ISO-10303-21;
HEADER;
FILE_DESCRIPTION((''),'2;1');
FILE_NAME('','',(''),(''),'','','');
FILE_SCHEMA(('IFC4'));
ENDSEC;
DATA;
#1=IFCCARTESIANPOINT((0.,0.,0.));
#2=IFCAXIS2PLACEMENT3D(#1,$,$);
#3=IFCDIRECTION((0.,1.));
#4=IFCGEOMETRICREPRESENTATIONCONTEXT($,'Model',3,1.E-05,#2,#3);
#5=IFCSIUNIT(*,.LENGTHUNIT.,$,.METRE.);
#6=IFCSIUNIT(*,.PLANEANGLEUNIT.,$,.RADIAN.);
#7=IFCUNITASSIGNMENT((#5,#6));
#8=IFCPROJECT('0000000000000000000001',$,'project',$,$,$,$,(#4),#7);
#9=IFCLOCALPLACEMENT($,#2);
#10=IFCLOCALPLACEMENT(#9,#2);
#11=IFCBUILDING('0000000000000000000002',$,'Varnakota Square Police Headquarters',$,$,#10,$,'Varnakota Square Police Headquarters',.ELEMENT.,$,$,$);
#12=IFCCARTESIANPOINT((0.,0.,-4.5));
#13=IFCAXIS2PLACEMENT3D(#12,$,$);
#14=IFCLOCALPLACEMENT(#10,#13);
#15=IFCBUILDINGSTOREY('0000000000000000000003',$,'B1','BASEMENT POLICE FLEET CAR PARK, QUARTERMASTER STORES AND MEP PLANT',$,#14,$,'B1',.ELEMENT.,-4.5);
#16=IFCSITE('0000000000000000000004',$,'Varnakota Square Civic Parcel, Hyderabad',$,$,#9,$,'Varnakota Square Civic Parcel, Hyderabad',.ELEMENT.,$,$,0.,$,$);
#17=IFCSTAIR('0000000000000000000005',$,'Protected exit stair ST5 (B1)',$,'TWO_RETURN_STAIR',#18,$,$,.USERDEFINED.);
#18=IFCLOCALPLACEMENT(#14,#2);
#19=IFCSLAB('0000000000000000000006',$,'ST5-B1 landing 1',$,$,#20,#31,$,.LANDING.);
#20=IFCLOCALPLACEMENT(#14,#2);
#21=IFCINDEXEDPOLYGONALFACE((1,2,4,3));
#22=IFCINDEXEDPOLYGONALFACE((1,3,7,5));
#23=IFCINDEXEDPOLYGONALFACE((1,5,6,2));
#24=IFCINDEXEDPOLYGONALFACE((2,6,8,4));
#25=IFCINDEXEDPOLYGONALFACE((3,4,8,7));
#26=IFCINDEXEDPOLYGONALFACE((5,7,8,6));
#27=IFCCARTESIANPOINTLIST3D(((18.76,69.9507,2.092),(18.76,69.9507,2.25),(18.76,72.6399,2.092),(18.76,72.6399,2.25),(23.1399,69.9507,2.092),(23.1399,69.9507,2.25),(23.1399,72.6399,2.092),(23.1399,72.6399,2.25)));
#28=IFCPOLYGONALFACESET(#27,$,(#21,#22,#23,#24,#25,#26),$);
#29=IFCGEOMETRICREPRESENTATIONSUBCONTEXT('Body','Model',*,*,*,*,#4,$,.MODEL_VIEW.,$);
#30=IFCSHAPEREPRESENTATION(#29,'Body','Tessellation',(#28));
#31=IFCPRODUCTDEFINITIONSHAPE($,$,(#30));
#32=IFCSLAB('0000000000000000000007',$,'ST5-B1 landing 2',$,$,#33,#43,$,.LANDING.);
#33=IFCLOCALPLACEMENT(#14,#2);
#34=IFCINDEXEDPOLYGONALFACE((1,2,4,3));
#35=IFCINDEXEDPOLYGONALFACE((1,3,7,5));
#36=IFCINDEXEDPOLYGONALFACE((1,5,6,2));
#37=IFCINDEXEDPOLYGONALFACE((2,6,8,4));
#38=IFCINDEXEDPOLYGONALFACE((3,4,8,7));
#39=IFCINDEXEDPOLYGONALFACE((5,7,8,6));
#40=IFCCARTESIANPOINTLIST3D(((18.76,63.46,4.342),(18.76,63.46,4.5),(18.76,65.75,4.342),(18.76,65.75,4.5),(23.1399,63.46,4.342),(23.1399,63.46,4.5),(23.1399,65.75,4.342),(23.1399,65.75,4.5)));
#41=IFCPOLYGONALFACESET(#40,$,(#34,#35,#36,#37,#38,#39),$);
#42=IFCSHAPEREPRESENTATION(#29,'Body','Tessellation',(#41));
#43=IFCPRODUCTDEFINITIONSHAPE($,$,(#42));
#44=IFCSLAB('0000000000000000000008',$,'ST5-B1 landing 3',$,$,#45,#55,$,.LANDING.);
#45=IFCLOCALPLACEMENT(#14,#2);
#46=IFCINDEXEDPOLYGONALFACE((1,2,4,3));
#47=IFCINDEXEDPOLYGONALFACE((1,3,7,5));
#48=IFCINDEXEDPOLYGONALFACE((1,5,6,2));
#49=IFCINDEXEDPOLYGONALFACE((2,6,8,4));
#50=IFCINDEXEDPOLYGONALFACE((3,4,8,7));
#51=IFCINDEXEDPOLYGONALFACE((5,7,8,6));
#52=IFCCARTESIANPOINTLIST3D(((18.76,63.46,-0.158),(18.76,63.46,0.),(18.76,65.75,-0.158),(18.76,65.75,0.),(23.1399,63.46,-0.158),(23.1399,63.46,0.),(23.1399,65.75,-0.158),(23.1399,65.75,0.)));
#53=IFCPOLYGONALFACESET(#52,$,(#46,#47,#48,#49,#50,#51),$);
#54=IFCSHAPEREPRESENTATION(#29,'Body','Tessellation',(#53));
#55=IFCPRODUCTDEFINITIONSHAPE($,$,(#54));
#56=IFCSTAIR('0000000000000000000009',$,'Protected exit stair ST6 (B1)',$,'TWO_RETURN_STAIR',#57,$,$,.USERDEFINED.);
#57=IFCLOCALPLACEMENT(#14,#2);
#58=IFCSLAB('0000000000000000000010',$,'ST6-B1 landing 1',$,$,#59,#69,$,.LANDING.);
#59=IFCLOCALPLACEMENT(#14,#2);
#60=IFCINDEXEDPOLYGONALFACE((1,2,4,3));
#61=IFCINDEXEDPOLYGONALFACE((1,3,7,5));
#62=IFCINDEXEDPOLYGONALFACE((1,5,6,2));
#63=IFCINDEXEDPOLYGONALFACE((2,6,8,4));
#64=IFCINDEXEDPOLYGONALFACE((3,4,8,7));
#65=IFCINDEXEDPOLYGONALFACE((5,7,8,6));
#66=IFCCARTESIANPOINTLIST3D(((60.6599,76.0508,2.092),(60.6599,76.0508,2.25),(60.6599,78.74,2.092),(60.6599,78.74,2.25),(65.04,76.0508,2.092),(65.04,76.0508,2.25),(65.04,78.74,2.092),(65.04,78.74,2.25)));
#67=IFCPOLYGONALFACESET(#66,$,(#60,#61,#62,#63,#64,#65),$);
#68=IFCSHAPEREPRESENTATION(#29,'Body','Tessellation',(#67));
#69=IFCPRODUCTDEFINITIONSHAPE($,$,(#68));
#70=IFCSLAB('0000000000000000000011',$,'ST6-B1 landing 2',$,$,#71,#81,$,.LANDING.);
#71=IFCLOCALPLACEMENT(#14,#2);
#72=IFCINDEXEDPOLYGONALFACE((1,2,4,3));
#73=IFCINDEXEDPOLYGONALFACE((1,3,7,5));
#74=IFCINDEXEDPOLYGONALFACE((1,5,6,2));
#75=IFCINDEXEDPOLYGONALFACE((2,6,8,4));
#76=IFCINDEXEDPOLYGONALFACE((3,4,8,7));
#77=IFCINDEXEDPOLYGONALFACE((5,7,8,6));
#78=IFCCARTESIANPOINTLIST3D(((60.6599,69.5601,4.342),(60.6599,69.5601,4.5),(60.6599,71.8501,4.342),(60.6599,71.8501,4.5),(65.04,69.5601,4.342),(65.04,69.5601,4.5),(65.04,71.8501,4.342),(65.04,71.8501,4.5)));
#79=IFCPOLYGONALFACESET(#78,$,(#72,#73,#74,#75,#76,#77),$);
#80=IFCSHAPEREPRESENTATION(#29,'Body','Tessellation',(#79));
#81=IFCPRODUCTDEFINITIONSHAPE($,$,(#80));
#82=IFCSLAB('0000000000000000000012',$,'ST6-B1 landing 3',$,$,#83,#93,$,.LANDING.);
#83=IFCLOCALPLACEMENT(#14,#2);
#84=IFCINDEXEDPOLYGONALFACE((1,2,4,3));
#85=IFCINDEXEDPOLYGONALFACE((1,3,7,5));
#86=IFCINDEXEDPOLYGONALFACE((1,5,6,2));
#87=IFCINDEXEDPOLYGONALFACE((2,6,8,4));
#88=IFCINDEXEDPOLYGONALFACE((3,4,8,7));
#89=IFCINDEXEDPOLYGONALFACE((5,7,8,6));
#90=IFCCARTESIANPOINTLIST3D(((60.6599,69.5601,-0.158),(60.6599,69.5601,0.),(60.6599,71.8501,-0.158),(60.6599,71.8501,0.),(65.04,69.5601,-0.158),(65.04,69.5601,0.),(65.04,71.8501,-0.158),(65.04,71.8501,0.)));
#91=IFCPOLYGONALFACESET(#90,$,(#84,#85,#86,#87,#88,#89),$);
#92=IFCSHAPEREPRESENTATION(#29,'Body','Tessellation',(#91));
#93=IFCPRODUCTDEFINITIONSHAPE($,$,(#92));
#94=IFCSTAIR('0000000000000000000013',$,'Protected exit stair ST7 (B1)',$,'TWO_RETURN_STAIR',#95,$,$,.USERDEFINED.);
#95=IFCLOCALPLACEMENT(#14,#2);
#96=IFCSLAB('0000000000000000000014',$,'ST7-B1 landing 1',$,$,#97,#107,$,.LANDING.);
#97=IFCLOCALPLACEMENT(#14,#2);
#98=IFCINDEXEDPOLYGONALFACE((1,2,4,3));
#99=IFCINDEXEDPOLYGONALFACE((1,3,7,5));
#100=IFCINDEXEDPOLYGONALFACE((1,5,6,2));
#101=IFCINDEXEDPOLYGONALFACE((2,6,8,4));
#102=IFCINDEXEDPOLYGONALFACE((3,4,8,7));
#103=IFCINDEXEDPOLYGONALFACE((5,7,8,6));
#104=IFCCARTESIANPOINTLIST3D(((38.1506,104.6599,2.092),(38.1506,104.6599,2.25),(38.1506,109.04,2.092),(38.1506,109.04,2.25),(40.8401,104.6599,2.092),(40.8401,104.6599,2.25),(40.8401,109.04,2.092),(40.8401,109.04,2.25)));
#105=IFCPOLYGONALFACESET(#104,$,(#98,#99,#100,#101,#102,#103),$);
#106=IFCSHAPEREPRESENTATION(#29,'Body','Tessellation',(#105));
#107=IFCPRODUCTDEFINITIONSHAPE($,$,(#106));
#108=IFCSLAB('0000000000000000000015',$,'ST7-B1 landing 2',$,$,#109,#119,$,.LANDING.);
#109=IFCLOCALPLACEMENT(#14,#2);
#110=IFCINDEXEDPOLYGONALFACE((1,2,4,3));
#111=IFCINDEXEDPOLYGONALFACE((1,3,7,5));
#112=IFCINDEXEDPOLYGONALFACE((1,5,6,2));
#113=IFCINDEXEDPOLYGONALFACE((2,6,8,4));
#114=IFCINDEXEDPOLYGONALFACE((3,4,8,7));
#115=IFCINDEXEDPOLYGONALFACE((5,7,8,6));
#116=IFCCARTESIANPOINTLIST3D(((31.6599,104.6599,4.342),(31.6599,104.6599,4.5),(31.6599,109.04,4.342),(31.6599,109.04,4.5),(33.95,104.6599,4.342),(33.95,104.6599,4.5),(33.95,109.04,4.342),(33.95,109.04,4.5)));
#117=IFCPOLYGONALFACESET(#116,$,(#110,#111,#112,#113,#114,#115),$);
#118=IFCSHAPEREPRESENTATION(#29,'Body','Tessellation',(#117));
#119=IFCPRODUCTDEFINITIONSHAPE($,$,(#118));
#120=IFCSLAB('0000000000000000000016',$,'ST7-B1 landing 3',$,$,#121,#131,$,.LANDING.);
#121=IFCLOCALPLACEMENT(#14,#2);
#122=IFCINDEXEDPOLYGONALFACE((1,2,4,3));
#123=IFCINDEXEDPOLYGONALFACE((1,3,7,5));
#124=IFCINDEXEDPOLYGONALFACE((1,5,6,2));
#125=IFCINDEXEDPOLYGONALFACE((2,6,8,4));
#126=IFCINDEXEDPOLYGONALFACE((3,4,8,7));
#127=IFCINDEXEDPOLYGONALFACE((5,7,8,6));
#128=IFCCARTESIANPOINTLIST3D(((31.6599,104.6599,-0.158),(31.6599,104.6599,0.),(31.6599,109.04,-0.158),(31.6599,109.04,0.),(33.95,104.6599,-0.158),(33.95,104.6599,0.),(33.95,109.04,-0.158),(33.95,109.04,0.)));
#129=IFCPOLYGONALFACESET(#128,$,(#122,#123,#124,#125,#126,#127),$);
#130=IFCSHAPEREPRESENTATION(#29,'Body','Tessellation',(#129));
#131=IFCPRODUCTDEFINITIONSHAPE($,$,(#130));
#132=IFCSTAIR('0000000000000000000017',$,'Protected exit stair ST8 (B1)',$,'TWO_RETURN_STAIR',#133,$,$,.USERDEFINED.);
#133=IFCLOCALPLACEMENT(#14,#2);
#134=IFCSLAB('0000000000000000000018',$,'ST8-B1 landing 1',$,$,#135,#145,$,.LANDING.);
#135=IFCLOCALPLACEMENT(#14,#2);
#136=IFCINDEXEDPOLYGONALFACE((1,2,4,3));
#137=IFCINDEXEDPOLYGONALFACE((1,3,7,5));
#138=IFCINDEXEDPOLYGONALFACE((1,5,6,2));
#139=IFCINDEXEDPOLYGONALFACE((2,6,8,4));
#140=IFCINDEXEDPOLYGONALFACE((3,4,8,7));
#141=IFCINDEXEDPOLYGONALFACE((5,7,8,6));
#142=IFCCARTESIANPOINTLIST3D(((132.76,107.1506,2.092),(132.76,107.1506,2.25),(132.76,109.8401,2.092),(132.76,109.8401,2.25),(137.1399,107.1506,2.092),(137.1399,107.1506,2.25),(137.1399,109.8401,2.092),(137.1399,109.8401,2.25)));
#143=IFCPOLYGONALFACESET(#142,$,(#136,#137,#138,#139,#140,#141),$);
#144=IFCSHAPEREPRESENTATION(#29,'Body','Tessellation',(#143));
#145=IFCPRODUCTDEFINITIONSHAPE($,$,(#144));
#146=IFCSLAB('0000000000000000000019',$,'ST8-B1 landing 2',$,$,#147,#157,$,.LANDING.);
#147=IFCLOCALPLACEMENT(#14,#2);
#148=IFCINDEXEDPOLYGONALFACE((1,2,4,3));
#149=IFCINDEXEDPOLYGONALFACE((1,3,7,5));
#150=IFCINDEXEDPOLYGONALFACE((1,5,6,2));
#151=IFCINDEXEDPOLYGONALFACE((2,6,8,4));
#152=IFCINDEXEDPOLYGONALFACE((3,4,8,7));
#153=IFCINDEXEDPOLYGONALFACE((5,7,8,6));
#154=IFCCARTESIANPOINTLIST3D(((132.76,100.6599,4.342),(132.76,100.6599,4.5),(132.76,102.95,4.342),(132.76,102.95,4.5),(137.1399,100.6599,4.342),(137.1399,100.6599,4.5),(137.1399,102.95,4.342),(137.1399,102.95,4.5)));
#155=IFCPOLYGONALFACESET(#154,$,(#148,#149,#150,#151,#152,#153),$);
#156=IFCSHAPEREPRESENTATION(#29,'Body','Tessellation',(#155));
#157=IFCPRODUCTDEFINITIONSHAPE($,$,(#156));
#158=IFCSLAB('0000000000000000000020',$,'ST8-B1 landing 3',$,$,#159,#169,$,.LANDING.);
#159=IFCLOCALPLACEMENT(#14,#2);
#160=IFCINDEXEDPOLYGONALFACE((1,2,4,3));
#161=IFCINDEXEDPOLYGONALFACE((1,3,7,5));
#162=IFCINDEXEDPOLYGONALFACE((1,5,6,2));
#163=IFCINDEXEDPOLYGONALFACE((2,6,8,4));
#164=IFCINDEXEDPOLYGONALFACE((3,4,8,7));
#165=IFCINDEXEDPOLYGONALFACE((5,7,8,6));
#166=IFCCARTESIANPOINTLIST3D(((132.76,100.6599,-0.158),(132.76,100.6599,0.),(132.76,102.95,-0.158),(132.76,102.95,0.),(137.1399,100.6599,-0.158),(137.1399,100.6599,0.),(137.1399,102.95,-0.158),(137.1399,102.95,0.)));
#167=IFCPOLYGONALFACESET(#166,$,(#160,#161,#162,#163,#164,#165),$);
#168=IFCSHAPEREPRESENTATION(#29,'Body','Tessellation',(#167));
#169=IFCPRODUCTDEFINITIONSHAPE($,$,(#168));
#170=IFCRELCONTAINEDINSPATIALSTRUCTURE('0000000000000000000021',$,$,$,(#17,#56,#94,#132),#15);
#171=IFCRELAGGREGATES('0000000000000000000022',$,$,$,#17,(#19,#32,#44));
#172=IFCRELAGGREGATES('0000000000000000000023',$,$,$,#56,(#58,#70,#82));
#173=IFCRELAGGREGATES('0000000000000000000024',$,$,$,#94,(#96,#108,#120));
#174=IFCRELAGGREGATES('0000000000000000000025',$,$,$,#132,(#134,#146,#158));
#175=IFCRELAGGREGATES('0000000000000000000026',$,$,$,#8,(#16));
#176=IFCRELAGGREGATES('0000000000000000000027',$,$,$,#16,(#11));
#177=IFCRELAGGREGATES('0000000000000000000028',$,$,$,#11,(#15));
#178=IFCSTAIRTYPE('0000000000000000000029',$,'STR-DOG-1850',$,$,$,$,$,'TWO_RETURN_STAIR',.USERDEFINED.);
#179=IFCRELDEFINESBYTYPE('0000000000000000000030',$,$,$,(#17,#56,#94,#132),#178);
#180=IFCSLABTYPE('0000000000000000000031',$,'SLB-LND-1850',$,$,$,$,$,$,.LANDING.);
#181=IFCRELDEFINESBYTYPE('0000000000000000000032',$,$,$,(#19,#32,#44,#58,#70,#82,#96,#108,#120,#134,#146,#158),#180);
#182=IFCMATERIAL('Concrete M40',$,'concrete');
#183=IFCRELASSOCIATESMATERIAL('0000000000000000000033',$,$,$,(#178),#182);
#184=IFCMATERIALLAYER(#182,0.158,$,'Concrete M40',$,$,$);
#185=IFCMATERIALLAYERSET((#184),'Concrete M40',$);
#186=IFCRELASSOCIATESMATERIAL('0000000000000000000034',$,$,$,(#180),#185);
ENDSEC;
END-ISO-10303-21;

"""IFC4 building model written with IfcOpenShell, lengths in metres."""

from ifc_helpers import new_model, si_unit, direction, frame, origin, place, context, subcontext, project, spatial, polyline, outline, extrude, material, layer, layer_set, type_object, element, aggregate, save


model = new_model("IFC4")

# Units and contexts
model_context = context("Model", 3, precision=1e-05, world=origin(), true_north=direction((0.0, 1.0)))
body_context = subcontext(model_context, "Body", "Model", "MODEL_VIEW")
ifc_project = project(units=[si_unit("LENGTHUNIT", "METRE"), si_unit("PLANEANGLEUNIT", "RADIAN")], contexts=[model_context])

# Site, building, storey
site_placement = place(None, origin())
site = spatial("IfcSite", under=ifc_project, at=site_placement, Name="Varnakota Square Civic Parcel, Hyderabad", LongName="Varnakota Square Civic Parcel, Hyderabad", CompositionType="ELEMENT", RefElevation=0.0)
building_placement = place(site_placement, origin())
building = spatial("IfcBuilding", under=site, at=building_placement, Name="Varnakota Square Police Headquarters", LongName="Varnakota Square Police Headquarters", CompositionType="ELEMENT")
storey_placement = place(building_placement, frame((0.0, 0.0, -4.5)))
storey = spatial("IfcBuildingStorey", under=building, at=storey_placement, Name="B1", Description="BASEMENT POLICE FLEET CAR PARK, QUARTERMASTER STORES AND MEP PLANT", LongName="B1", CompositionType="ELEMENT", Elevation=-4.5)

# Shared definitions
ifc_material_1 = material(Name="Concrete M40", Category="concrete")

# Stairs, slabs
stair_type = type_object("IfcStairType", Name="STR-DOG-1850", ElementType="TWO_RETURN_STAIR", PredefinedType="USERDEFINED", material=ifc_material_1)
stair_1_placement = place(storey_placement, origin())
stair_1 = element("IfcStair", 1, at=stair_1_placement, inside=storey, type_object=stair_type, Name="Protected exit stair ST5 (B1)", ObjectType="TWO_RETURN_STAIR", PredefinedType="USERDEFINED")
ifc_layer_1 = layer(ifc_material_1, 0.158, Name="Concrete M40")
ifc_layer_set_1 = layer_set([ifc_layer_1], Name="Concrete M40")
slab_type_1 = type_object("IfcSlabType", Name="SLB-LND-1850", PredefinedType="LANDING", material=ifc_layer_set_1)
slab_1_placement = place(storey_placement, frame((0.0, 0.0, 2.092)))
slab_1 = element("IfcSlab", 2, at=slab_1_placement, type_object=slab_type_1, Name="ST5-B1 landing 1", PredefinedType="LANDING", context=body_context, shape_type="SweptSolid", body=[
    extrude(outline(polyline([(18.76, 69.9507), (23.1399, 69.9507), (23.1399, 72.6399), (18.76, 72.6399), (18.76, 69.9507)])), origin(), (0.0, 0.0, 1.0), 0.158),
])
slab_2_placement = place(storey_placement, frame((0.0, 0.0, 4.342)))
slab_2 = element("IfcSlab", 3, at=slab_2_placement, type_object=slab_type_1, Name="ST5-B1 landing 2", PredefinedType="LANDING", context=body_context, shape_type="SweptSolid", body=[
    extrude(outline(polyline([(18.76, 63.46), (23.1399, 63.46), (23.1399, 65.75), (18.76, 65.75), (18.76, 63.46)])), origin(), (0.0, 0.0, 1.0), 0.158),
])
slab_3_placement = place(storey_placement, frame((0.0, 0.0, -0.158)))
slab_3 = element("IfcSlab", 4, at=slab_3_placement, type_object=slab_type_1, Name="ST5-B1 landing 3", PredefinedType="LANDING", context=body_context, shape_type="SweptSolid", body=[
    extrude(outline(polyline([(18.76, 63.46), (23.1399, 63.46), (23.1399, 65.75), (18.76, 65.75), (18.76, 63.46)])), origin(), (0.0, 0.0, 1.0), 0.158),
])
aggregate(stair_1, [slab_1, slab_2, slab_3])
stair_2_placement = place(storey_placement, origin())
stair_2 = element("IfcStair", 5, at=stair_2_placement, inside=storey, type_object=stair_type, Name="Protected exit stair ST6 (B1)", ObjectType="TWO_RETURN_STAIR", PredefinedType="USERDEFINED")
slab_4_placement = place(storey_placement, frame((0.0, 0.0, 2.092)))
slab_4 = element("IfcSlab", 6, at=slab_4_placement, type_object=slab_type_1, Name="ST6-B1 landing 1", PredefinedType="LANDING", context=body_context, shape_type="SweptSolid", body=[
    extrude(outline(polyline([(60.6599, 76.0508), (65.04, 76.0508), (65.04, 78.74), (60.6599, 78.74), (60.6599, 76.0508)])), origin(), (0.0, 0.0, 1.0), 0.158),
])
slab_5_placement = place(storey_placement, frame((0.0, 0.0, 4.342)))
slab_5 = element("IfcSlab", 7, at=slab_5_placement, type_object=slab_type_1, Name="ST6-B1 landing 2", PredefinedType="LANDING", context=body_context, shape_type="SweptSolid", body=[
    extrude(outline(polyline([(60.6599, 69.5601), (65.04, 69.5601), (65.04, 71.8501), (60.6599, 71.8501), (60.6599, 69.5601)])), origin(), (0.0, 0.0, 1.0), 0.158),
])
slab_6_placement = place(storey_placement, frame((0.0, 0.0, -0.158)))
slab_6 = element("IfcSlab", 8, at=slab_6_placement, type_object=slab_type_1, Name="ST6-B1 landing 3", PredefinedType="LANDING", context=body_context, shape_type="SweptSolid", body=[
    extrude(outline(polyline([(60.6599, 69.5601), (65.04, 69.5601), (65.04, 71.8501), (60.6599, 71.8501), (60.6599, 69.5601)])), origin(), (0.0, 0.0, 1.0), 0.158),
])
aggregate(stair_2, [slab_4, slab_5, slab_6])
stair_3_placement = place(storey_placement, origin())
stair_3 = element("IfcStair", 9, at=stair_3_placement, inside=storey, type_object=stair_type, Name="Protected exit stair ST7 (B1)", ObjectType="TWO_RETURN_STAIR", PredefinedType="USERDEFINED")
slab_7_placement = place(storey_placement, frame((0.0, 0.0, 2.092)))
slab_7 = element("IfcSlab", 10, at=slab_7_placement, type_object=slab_type_1, Name="ST7-B1 landing 1", PredefinedType="LANDING", context=body_context, shape_type="SweptSolid", body=[
    extrude(outline(polyline([(38.1506, 104.6599), (40.8401, 104.6599), (40.8401, 109.04), (38.1506, 109.04), (38.1506, 104.6599)])), origin(), (0.0, 0.0, 1.0), 0.158),
])
slab_8_placement = place(storey_placement, frame((0.0, 0.0, 4.342)))
slab_8 = element("IfcSlab", 11, at=slab_8_placement, type_object=slab_type_1, Name="ST7-B1 landing 2", PredefinedType="LANDING", context=body_context, shape_type="SweptSolid", body=[
    extrude(outline(polyline([(31.6599, 104.6599), (33.95, 104.6599), (33.95, 109.04), (31.6599, 109.04), (31.6599, 104.6599)])), origin(), (0.0, 0.0, 1.0), 0.158),
])
slab_9_placement = place(storey_placement, frame((0.0, 0.0, -0.158)))
slab_9 = element("IfcSlab", 12, at=slab_9_placement, type_object=slab_type_1, Name="ST7-B1 landing 3", PredefinedType="LANDING", context=body_context, shape_type="SweptSolid", body=[
    extrude(outline(polyline([(31.6599, 104.6599), (33.95, 104.6599), (33.95, 109.04), (31.6599, 109.04), (31.6599, 104.6599)])), origin(), (0.0, 0.0, 1.0), 0.158),
])
aggregate(stair_3, [slab_7, slab_8, slab_9])
stair_4_placement = place(storey_placement, origin())
stair_4 = element("IfcStair", 13, at=stair_4_placement, inside=storey, type_object=stair_type, Name="Protected exit stair ST8 (B1)", ObjectType="TWO_RETURN_STAIR", PredefinedType="USERDEFINED")
slab_10_placement = place(storey_placement, frame((0.0, 0.0, 2.092)))
slab_10 = element("IfcSlab", 14, at=slab_10_placement, type_object=slab_type_1, Name="ST8-B1 landing 1", PredefinedType="LANDING", context=body_context, shape_type="SweptSolid", body=[
    extrude(outline(polyline([(132.76, 107.1506), (137.1399, 107.1506), (137.1399, 109.8401), (132.76, 109.8401), (132.76, 107.1506)])), origin(), (0.0, 0.0, 1.0), 0.158),
])
slab_11_placement = place(storey_placement, frame((0.0, 0.0, 4.342)))
slab_11 = element("IfcSlab", 15, at=slab_11_placement, type_object=slab_type_1, Name="ST8-B1 landing 2", PredefinedType="LANDING", context=body_context, shape_type="SweptSolid", body=[
    extrude(outline(polyline([(132.76, 100.6599), (137.1399, 100.6599), (137.1399, 102.95), (132.76, 102.95), (132.76, 100.6599)])), origin(), (0.0, 0.0, 1.0), 0.158),
])
slab_12_placement = place(storey_placement, frame((0.0, 0.0, -0.158)))
slab_12 = element("IfcSlab", 16, at=slab_12_placement, type_object=slab_type_1, Name="ST8-B1 landing 3", PredefinedType="LANDING", context=body_context, shape_type="SweptSolid", body=[
    extrude(outline(polyline([(132.76, 100.6599), (137.1399, 100.6599), (137.1399, 102.95), (132.76, 102.95), (132.76, 100.6599)])), origin(), (0.0, 0.0, 1.0), 0.158),
])
aggregate(stair_4, [slab_10, slab_11, slab_12])

save(model, "model.ifc")
